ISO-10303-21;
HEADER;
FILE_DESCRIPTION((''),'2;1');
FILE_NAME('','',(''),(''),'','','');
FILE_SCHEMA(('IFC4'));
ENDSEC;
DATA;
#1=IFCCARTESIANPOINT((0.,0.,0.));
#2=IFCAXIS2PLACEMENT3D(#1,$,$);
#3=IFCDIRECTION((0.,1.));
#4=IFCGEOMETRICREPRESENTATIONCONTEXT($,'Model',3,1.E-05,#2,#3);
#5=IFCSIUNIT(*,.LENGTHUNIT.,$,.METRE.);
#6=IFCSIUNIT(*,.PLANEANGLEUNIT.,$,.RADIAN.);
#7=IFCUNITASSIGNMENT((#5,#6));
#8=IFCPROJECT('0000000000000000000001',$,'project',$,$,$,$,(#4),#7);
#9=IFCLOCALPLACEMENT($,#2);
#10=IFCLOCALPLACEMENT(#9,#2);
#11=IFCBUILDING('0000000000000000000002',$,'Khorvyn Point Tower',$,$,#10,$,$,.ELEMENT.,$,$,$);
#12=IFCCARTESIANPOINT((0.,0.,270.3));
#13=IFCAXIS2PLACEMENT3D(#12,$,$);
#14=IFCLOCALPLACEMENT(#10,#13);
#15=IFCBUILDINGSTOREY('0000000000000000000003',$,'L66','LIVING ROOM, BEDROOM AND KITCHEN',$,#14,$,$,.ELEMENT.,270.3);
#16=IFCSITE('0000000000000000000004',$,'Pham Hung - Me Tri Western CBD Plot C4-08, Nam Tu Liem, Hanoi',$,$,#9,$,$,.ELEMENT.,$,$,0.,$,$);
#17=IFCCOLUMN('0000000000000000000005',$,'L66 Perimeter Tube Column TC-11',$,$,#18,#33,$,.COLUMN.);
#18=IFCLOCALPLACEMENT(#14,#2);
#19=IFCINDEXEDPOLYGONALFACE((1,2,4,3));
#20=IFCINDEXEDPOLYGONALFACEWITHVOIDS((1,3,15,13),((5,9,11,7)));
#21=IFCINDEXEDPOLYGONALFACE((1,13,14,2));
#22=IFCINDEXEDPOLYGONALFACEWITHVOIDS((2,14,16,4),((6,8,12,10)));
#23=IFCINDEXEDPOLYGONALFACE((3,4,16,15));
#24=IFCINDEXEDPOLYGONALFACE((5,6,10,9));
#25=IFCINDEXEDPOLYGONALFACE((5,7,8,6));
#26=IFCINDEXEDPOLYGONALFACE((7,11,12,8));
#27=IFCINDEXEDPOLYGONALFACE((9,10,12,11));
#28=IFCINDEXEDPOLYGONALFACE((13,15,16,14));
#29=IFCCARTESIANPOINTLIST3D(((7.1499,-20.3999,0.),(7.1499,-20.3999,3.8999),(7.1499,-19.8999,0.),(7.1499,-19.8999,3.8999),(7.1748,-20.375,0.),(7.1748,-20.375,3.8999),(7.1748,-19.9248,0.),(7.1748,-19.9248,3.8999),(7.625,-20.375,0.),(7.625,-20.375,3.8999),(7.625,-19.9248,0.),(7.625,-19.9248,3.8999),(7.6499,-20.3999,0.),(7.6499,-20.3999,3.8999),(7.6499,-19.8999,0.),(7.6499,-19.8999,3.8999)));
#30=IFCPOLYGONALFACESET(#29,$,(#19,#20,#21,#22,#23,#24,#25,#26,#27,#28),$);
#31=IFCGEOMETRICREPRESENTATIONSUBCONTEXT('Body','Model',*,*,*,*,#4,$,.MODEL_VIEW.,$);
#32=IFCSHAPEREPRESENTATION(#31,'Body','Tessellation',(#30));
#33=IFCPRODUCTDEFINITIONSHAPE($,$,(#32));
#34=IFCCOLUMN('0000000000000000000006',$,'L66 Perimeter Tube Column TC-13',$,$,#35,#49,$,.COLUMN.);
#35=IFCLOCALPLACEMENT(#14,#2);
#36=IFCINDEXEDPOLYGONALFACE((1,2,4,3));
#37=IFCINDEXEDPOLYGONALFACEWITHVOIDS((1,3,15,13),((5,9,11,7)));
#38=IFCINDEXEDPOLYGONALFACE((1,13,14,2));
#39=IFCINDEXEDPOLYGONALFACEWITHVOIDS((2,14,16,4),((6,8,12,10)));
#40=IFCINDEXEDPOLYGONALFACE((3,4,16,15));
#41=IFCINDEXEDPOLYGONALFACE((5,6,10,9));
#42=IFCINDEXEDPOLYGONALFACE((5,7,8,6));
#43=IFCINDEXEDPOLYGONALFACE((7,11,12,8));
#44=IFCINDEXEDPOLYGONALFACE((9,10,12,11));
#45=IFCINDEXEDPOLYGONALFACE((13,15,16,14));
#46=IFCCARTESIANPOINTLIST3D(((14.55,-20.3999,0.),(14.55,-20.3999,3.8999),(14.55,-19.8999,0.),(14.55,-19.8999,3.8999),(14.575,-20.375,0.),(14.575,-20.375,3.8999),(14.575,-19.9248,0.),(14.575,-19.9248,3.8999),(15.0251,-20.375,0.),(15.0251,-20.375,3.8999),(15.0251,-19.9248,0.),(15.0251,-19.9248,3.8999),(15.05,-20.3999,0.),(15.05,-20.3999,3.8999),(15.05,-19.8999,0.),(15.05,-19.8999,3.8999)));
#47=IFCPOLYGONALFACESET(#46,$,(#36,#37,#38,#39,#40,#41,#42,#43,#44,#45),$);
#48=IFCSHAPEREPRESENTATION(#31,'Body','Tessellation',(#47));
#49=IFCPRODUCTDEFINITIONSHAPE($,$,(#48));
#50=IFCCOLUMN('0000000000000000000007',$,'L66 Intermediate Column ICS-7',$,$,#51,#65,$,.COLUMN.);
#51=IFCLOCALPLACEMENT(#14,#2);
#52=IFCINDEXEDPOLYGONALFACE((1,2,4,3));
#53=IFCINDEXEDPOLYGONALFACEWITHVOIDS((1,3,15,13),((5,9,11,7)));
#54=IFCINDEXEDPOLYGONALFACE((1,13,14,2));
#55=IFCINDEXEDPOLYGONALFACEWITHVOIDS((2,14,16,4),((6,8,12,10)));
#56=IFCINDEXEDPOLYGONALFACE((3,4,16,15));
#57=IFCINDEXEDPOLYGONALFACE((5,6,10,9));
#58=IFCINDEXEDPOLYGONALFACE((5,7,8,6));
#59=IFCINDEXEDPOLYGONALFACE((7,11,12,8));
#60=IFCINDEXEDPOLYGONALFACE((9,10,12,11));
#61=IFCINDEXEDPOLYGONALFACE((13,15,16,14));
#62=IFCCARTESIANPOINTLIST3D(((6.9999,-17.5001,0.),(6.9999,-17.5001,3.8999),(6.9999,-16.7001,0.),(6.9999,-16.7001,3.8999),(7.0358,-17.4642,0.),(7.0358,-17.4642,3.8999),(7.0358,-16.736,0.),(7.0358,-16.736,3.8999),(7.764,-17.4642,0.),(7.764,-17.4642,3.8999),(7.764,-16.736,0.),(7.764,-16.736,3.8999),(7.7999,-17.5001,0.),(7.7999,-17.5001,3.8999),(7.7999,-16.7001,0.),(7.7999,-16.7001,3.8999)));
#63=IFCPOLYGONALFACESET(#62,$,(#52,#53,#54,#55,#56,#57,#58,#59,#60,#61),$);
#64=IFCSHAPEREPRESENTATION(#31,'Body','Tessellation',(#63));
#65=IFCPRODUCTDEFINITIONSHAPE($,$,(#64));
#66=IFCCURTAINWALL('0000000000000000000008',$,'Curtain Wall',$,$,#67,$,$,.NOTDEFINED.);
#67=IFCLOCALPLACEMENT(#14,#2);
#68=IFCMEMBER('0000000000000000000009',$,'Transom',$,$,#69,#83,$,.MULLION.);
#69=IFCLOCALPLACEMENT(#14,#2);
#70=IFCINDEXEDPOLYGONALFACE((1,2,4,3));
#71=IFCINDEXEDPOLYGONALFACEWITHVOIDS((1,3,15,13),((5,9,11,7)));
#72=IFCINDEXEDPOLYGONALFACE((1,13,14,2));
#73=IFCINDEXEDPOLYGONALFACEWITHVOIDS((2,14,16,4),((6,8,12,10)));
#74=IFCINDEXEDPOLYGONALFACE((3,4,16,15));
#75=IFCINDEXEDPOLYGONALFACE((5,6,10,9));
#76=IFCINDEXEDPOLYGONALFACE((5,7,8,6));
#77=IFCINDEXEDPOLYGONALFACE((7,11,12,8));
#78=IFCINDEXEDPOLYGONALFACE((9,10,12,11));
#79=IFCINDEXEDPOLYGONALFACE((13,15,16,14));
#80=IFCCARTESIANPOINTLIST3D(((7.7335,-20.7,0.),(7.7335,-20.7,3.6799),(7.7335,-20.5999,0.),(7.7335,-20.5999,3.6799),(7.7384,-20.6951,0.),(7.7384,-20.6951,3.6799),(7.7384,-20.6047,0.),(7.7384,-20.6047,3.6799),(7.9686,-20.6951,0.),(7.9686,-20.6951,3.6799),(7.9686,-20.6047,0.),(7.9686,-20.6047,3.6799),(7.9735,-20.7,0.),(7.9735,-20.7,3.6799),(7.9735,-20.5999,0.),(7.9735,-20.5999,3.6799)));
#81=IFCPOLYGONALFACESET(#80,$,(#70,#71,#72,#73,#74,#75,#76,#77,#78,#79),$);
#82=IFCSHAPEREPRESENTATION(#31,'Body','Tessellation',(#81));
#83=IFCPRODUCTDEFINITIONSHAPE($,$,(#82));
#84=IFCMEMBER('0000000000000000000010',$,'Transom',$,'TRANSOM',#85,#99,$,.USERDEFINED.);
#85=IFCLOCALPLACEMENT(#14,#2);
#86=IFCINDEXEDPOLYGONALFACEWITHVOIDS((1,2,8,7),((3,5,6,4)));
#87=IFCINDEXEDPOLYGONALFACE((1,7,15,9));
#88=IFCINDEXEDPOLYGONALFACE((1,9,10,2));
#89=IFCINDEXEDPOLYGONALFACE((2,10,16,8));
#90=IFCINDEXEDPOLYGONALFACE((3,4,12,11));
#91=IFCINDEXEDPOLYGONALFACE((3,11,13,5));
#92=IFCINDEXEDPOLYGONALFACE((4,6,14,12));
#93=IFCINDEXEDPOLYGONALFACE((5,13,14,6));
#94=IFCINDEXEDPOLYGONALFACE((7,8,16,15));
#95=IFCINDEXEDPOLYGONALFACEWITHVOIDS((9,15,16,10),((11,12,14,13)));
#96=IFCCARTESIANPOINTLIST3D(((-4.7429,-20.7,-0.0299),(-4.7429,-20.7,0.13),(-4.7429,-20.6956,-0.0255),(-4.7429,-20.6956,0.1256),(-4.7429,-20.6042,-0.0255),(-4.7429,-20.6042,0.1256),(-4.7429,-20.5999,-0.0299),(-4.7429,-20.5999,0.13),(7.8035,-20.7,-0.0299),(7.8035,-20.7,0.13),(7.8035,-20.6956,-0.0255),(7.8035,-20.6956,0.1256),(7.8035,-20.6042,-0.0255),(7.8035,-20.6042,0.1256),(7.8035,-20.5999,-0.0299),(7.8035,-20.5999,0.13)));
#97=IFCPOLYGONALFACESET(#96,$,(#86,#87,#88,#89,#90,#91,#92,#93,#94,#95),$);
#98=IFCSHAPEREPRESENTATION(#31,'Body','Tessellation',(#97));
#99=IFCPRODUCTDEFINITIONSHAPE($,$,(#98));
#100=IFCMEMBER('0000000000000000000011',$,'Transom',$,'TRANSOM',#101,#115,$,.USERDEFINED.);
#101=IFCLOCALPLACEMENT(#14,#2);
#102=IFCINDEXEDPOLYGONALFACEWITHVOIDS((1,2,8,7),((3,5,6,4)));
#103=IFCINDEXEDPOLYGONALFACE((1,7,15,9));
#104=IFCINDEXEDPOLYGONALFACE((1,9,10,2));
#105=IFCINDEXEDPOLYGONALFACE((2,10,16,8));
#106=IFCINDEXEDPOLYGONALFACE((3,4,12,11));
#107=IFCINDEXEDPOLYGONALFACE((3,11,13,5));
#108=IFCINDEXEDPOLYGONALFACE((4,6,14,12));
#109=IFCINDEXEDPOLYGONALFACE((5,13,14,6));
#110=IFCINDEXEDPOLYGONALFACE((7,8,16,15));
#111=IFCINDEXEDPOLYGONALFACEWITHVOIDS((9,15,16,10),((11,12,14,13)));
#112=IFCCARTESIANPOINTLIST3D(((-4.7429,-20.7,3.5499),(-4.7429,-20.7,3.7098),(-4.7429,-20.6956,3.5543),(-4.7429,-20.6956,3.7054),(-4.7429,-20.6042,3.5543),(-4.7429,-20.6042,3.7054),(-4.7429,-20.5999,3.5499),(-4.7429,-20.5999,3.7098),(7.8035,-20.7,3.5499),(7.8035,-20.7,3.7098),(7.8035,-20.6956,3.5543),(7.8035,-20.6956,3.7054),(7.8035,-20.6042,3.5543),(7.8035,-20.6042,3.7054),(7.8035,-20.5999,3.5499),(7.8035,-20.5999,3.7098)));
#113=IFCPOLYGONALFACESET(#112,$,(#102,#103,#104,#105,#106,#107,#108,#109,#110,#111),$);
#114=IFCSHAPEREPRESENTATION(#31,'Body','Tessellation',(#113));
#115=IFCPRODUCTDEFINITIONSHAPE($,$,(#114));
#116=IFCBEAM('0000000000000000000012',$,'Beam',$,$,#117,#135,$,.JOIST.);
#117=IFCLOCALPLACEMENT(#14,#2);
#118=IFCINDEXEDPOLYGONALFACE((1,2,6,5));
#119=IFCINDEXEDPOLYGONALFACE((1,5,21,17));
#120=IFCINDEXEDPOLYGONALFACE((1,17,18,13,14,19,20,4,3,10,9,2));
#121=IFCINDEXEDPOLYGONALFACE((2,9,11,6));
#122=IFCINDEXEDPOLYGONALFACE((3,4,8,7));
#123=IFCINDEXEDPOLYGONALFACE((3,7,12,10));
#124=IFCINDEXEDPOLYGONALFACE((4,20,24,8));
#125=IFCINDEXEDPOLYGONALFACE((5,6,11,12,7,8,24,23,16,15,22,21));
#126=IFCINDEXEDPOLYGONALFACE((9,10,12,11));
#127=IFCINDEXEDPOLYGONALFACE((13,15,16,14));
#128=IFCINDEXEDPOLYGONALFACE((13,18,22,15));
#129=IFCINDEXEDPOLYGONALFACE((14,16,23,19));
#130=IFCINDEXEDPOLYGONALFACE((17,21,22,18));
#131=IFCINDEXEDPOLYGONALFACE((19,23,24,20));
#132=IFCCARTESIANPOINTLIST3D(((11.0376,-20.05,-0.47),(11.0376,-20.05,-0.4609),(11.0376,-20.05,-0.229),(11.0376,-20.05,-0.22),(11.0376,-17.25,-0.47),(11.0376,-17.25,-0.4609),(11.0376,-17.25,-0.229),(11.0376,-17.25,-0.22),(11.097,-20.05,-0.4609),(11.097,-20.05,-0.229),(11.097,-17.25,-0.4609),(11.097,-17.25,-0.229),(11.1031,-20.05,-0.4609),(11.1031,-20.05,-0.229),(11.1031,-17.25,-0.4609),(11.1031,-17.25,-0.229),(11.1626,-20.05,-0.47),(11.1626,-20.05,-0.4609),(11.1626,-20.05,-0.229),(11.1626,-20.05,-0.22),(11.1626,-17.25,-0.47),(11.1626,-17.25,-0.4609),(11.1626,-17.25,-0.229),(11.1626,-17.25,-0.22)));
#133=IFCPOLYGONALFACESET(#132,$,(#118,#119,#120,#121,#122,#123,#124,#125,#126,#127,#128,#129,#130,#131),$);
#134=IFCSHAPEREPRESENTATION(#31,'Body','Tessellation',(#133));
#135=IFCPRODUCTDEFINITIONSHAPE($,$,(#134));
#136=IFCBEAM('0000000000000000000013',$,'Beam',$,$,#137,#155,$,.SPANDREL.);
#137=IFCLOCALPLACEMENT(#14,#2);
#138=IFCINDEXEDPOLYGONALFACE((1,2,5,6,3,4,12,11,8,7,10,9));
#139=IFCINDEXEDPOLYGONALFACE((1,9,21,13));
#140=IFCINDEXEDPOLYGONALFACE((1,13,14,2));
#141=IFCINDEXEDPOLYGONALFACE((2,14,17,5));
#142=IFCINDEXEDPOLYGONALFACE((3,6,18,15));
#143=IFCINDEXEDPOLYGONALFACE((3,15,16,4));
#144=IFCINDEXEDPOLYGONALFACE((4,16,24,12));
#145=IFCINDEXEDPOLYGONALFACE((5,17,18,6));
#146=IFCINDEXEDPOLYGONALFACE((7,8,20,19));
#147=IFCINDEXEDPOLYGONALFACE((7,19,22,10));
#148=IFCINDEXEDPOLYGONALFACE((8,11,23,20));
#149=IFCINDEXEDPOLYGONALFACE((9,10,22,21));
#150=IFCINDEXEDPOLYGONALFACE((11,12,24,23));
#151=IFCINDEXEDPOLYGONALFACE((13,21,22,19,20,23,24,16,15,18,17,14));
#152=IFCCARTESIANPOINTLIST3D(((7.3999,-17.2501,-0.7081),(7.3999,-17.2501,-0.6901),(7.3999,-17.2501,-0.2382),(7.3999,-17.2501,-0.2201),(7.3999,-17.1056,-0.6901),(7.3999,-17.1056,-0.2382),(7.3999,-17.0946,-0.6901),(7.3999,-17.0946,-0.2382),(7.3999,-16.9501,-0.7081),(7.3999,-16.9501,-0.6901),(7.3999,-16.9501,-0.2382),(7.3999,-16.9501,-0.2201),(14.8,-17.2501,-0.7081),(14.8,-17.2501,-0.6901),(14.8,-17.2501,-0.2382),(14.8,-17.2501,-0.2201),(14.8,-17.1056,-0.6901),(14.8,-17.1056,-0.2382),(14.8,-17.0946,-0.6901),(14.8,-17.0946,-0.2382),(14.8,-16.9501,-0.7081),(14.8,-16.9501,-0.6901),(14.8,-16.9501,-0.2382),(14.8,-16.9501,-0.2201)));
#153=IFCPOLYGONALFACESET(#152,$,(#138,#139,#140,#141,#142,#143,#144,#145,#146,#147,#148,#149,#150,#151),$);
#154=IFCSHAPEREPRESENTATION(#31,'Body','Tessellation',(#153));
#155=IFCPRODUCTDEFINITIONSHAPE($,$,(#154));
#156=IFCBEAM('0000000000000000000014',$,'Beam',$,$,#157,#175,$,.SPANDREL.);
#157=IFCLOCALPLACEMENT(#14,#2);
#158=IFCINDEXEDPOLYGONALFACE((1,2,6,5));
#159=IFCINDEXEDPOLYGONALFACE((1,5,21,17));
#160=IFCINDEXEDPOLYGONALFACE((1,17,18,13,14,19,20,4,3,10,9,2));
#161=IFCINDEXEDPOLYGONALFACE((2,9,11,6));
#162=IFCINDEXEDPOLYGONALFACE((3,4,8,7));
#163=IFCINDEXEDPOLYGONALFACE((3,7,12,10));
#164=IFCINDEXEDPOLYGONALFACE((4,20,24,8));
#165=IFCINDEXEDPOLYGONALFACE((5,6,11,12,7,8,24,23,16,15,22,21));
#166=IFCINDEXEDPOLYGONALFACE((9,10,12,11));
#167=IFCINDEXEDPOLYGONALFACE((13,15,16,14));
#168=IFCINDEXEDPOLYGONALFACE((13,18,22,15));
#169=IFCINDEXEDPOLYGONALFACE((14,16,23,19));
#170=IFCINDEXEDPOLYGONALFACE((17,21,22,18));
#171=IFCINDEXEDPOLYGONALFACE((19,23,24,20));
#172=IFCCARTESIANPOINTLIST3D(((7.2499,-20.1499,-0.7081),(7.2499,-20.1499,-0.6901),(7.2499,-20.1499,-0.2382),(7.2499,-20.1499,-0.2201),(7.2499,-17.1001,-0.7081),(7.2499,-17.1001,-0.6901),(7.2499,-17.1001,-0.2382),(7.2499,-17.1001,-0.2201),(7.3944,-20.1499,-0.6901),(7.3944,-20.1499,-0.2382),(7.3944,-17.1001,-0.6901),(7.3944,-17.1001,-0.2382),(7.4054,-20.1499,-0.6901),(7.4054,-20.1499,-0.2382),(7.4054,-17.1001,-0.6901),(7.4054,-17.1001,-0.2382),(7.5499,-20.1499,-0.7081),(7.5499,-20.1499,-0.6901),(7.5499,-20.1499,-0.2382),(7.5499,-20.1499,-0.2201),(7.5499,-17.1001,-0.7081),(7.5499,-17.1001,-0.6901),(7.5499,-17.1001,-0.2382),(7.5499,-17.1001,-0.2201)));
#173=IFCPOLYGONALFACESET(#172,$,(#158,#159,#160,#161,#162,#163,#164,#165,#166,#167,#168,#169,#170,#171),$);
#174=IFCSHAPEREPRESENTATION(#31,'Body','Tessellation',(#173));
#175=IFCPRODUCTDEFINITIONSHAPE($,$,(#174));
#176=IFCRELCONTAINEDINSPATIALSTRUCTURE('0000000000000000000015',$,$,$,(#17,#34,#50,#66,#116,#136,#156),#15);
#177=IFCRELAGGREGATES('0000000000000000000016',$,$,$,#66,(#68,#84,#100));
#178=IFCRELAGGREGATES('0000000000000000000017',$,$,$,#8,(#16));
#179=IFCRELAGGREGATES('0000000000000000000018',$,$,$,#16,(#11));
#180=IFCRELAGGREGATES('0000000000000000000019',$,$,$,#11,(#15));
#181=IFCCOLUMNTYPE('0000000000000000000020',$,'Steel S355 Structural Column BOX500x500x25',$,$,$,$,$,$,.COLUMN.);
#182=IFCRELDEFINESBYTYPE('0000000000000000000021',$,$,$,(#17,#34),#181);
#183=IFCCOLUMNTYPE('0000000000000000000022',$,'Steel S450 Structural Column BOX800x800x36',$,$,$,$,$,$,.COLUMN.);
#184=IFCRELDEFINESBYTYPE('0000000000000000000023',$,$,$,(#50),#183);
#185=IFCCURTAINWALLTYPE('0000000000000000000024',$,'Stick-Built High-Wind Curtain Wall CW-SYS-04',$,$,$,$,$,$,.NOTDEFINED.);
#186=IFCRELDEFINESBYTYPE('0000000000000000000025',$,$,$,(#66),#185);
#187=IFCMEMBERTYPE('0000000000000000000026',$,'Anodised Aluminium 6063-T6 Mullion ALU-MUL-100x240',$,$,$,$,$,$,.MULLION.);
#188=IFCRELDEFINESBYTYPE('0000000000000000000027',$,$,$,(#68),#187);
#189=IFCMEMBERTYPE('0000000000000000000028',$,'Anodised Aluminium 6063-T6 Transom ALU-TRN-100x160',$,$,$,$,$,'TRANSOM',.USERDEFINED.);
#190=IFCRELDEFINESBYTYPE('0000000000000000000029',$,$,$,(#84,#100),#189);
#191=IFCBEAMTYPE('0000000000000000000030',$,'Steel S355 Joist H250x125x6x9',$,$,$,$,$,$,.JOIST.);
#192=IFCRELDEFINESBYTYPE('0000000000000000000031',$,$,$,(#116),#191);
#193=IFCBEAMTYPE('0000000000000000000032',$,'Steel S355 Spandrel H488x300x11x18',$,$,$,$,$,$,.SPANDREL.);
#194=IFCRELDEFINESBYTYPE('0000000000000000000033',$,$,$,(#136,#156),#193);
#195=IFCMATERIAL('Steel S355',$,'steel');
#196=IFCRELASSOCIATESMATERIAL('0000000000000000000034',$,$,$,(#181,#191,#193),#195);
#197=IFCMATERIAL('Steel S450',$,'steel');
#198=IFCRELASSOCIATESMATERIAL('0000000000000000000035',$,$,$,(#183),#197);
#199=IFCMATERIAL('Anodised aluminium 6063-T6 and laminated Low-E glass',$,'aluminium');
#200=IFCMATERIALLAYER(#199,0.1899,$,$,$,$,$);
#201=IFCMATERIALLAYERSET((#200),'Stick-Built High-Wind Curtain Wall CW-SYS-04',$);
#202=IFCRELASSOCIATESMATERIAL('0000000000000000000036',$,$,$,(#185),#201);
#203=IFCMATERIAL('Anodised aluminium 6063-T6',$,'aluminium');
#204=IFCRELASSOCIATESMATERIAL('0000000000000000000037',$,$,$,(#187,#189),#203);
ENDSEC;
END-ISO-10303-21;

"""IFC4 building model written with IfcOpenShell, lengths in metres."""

from ifc_helpers import new_model, si_unit, direction, frame, origin, origin_2d, place, context, subcontext, project, spatial, hollow_rectangle, i_section, extrude, material, layer, layer_set, material_profile, profile_set, type_object, element, aggregate, save


model = new_model("IFC4")

# Units and contexts
model_context = context("Model", 3, precision=1e-05, world=origin(), true_north=direction((0.0, 1.0)))
body_context = subcontext(model_context, "Body", "Model", "MODEL_VIEW")
ifc_project = project(units=[si_unit("LENGTHUNIT", "METRE"), si_unit("PLANEANGLEUNIT", "RADIAN")], contexts=[model_context])

# Site, building, storey
site_placement = place(None, origin())
site = spatial("IfcSite", under=ifc_project, at=site_placement, Name="Pham Hung - Me Tri Western CBD Plot C4-08, Nam Tu Liem, Hanoi", CompositionType="ELEMENT", RefElevation=0.0)
building_placement = place(site_placement, origin())
building = spatial("IfcBuilding", under=site, at=building_placement, Name="Khorvyn Point Tower", CompositionType="ELEMENT")
storey_placement = place(building_placement, frame((0.0, 0.0, 270.3)))
storey = spatial("IfcBuildingStorey", under=building, at=storey_placement, Name="L66", Description="LIVING ROOM, BEDROOM AND KITCHEN", CompositionType="ELEMENT", Elevation=270.3)

# Columns
ifc_material_1 = material(Name="Steel S355", Category="steel")
ifc_material_profile_1 = material_profile(ifc_material_1, hollow_rectangle(XDim=0.5, YDim=0.5, WallThickness=0.0249, at=origin_2d()))
ifc_profile_set_1 = profile_set([ifc_material_profile_1], Name="Steel S355 BOX500x500x25")
column_type_1 = type_object("IfcColumnType", Name="Steel S355 Structural Column BOX500x500x25", PredefinedType="COLUMN", material=ifc_profile_set_1)
for number, where, z_axis, x_axis, name in (
    (1, (7.3999, -20.1499, 0.0), (0.0, 0.0, 1.0), (1.0, 0.0, 0.0), "L66 Perimeter Tube Column TC-11"),
    (2, (14.8, -20.1499, 0.0), (0.0, 0.0, 1.0), (1.0, 0.0, 0.0), "L66 Perimeter Tube Column TC-13"),
):
    element("IfcColumn", number, at=place(storey_placement, frame(where, z_axis=z_axis, x_axis=x_axis)), inside=storey, type_object=column_type_1, Name=name, PredefinedType="COLUMN", context=body_context, shape_type="SweptSolid", body=[
        extrude(hollow_rectangle(XDim=0.5, YDim=0.5, WallThickness=0.0249, at=origin_2d()), origin(), (0.0, 0.0, 1.0), 3.8999),
    ])
ifc_material_2 = material(Name="Steel S450", Category="steel")
ifc_material_profile_2 = material_profile(ifc_material_2, hollow_rectangle(XDim=0.8, YDim=0.8, WallThickness=0.0359, at=origin_2d()))
ifc_profile_set_2 = profile_set([ifc_material_profile_2], Name="Steel S450 BOX800x800x36")
column_type_2 = type_object("IfcColumnType", Name="Steel S450 Structural Column BOX800x800x36", PredefinedType="COLUMN", material=ifc_profile_set_2)
column_placement = place(storey_placement, frame((7.3999, -17.1001, 0.0), z_axis=(0.0, 0.0, 1.0), x_axis=(1.0, 0.0, 0.0)))
element("IfcColumn", 3, at=column_placement, inside=storey, type_object=column_type_2, Name="L66 Intermediate Column ICS-7", PredefinedType="COLUMN", context=body_context, shape_type="SweptSolid", body=[
    extrude(hollow_rectangle(XDim=0.8, YDim=0.8, WallThickness=0.0359, at=origin_2d()), origin(), (0.0, 0.0, 1.0), 3.8999),
])

# Curtain wall, members
ifc_material_3 = material(Name="Anodised aluminium 6063-T6 and laminated Low-E glass", Category="aluminium")
ifc_layer_1 = layer(ifc_material_3, 0.1899)
ifc_layer_set_1 = layer_set([ifc_layer_1], Name="Stick-Built High-Wind Curtain Wall CW-SYS-04")
curtain_wall_type = type_object("IfcCurtainWallType", Name="Stick-Built High-Wind Curtain Wall CW-SYS-04", PredefinedType="NOTDEFINED", material=ifc_layer_set_1)
curtain_wall_placement = place(storey_placement, origin())
curtain_wall = element("IfcCurtainWall", 4, at=curtain_wall_placement, inside=storey, type_object=curtain_wall_type, Name="Curtain Wall", PredefinedType="NOTDEFINED")
ifc_material_4 = material(Name="Anodised aluminium 6063-T6", Category="aluminium")
ifc_material_profile_3 = material_profile(ifc_material_4, hollow_rectangle(XDim=0.1001, YDim=0.24, WallThickness=0.0049, at=origin_2d()))
ifc_profile_set_3 = profile_set([ifc_material_profile_3], Name="Anodised aluminium 6063-T6 ALU-MUL-100x240")
member_type_1 = type_object("IfcMemberType", Name="Anodised Aluminium 6063-T6 Mullion ALU-MUL-100x240", PredefinedType="MULLION", material=ifc_profile_set_3)
member_1_placement = place(storey_placement, frame((7.8535, -20.6499, 0.0), z_axis=(0.0, 0.0, 1.0), x_axis=(0.0, -1.0, 0.0)))
member_1 = element("IfcMember", 5, at=member_1_placement, type_object=member_type_1, Name="Transom", PredefinedType="MULLION", context=body_context, shape_type="SweptSolid", body=[
    extrude(hollow_rectangle(XDim=0.1001, YDim=0.24, WallThickness=0.0049, at=origin_2d()), origin(), (0.0, 0.0, 1.0), 3.6799),
])
ifc_material_profile_4 = material_profile(ifc_material_4, hollow_rectangle(XDim=0.1001, YDim=0.1599, WallThickness=0.0044, at=origin_2d()))
ifc_profile_set_4 = profile_set([ifc_material_profile_4], Name="Anodised aluminium 6063-T6 ALU-TRN-100x160")
member_type_2 = type_object("IfcMemberType", Name="Anodised Aluminium 6063-T6 Transom ALU-TRN-100x160", ElementType="TRANSOM", PredefinedType="USERDEFINED", material=ifc_profile_set_4)
member_2_placement = place(storey_placement, frame((7.8035, -20.6499, 0.05), z_axis=(-1.0, 0.0, 0.0), x_axis=(0.0, -1.0, 0.0)))
member_2 = element("IfcMember", 6, at=member_2_placement, type_object=member_type_2, Name="Transom", ObjectType="TRANSOM", PredefinedType="USERDEFINED", context=body_context, shape_type="SweptSolid", body=[
    extrude(hollow_rectangle(XDim=0.1001, YDim=0.1599, WallThickness=0.0044, at=origin_2d()), origin(), (0.0, 0.0, 1.0), 12.5464),
])
member_3_placement = place(storey_placement, frame((7.8035, -20.6499, 3.6299), z_axis=(-1.0, 0.0, 0.0), x_axis=(0.0, -1.0, 0.0)))
member_3 = element("IfcMember", 7, at=member_3_placement, type_object=member_type_2, Name="Transom", ObjectType="TRANSOM", PredefinedType="USERDEFINED", context=body_context, shape_type="SweptSolid", body=[
    extrude(hollow_rectangle(XDim=0.1001, YDim=0.1599, WallThickness=0.0044, at=origin_2d()), origin(), (0.0, 0.0, 1.0), 12.5464),
])

# Beams
ifc_material_profile_5 = material_profile(ifc_material_1, i_section(OverallWidth=0.125, OverallDepth=0.25, WebThickness=0.0061, FlangeThickness=0.009, at=origin_2d()))
ifc_profile_set_5 = profile_set([ifc_material_profile_5], Name="Steel S355 H250x125x6x9")
beam_type_1 = type_object("IfcBeamType", Name="Steel S355 Joist H250x125x6x9", PredefinedType="JOIST", material=ifc_profile_set_5)
beam_1_placement = place(storey_placement, frame((11.1001, -20.05, -0.345), z_axis=(0.0, 1.0, 0.0), x_axis=(-1.0, 0.0, 0.0)))
element("IfcBeam", 8, at=beam_1_placement, inside=storey, type_object=beam_type_1, Name="Beam", PredefinedType="JOIST", context=body_context, shape_type="SweptSolid", body=[
    extrude(i_section(OverallWidth=0.125, OverallDepth=0.25, WebThickness=0.0061, FlangeThickness=0.009, at=origin_2d()), origin(), (0.0, 0.0, 1.0), 2.8),
])
ifc_material_profile_6 = material_profile(ifc_material_1, i_section(OverallWidth=0.3, OverallDepth=0.488, WebThickness=0.011, FlangeThickness=0.0181, at=origin_2d()))
ifc_profile_set_6 = profile_set([ifc_material_profile_6], Name="Steel S355 H488x300x11x18")
beam_type_2 = type_object("IfcBeamType", Name="Steel S355 Spandrel H488x300x11x18", PredefinedType="SPANDREL", material=ifc_profile_set_6)
beam_2_placement = place(storey_placement, frame((7.3999, -17.1001, -0.4641), z_axis=(1.0, 0.0, 0.0), x_axis=(0.0, 1.0, 0.0)))
element("IfcBeam", 9, at=beam_2_placement, inside=storey, type_object=beam_type_2, Name="Beam", PredefinedType="SPANDREL", context=body_context, shape_type="SweptSolid", body=[
    extrude(i_section(OverallWidth=0.3, OverallDepth=0.488, WebThickness=0.011, FlangeThickness=0.0181, at=origin_2d()), origin(), (0.0, 0.0, 1.0), 7.4001),
])
beam_3_placement = place(storey_placement, frame((7.3999, -20.1499, -0.4641), z_axis=(0.0, 1.0, 0.0), x_axis=(-1.0, 0.0, 0.0)))
element("IfcBeam", 10, at=beam_3_placement, inside=storey, type_object=beam_type_2, Name="Beam", PredefinedType="SPANDREL", context=body_context, shape_type="SweptSolid", body=[
    extrude(i_section(OverallWidth=0.3, OverallDepth=0.488, WebThickness=0.011, FlangeThickness=0.0181, at=origin_2d()), origin(), (0.0, 0.0, 1.0), 3.0498),
])

aggregate(curtain_wall, [member_1, member_2, member_3])

save(model, "model.ifc")
